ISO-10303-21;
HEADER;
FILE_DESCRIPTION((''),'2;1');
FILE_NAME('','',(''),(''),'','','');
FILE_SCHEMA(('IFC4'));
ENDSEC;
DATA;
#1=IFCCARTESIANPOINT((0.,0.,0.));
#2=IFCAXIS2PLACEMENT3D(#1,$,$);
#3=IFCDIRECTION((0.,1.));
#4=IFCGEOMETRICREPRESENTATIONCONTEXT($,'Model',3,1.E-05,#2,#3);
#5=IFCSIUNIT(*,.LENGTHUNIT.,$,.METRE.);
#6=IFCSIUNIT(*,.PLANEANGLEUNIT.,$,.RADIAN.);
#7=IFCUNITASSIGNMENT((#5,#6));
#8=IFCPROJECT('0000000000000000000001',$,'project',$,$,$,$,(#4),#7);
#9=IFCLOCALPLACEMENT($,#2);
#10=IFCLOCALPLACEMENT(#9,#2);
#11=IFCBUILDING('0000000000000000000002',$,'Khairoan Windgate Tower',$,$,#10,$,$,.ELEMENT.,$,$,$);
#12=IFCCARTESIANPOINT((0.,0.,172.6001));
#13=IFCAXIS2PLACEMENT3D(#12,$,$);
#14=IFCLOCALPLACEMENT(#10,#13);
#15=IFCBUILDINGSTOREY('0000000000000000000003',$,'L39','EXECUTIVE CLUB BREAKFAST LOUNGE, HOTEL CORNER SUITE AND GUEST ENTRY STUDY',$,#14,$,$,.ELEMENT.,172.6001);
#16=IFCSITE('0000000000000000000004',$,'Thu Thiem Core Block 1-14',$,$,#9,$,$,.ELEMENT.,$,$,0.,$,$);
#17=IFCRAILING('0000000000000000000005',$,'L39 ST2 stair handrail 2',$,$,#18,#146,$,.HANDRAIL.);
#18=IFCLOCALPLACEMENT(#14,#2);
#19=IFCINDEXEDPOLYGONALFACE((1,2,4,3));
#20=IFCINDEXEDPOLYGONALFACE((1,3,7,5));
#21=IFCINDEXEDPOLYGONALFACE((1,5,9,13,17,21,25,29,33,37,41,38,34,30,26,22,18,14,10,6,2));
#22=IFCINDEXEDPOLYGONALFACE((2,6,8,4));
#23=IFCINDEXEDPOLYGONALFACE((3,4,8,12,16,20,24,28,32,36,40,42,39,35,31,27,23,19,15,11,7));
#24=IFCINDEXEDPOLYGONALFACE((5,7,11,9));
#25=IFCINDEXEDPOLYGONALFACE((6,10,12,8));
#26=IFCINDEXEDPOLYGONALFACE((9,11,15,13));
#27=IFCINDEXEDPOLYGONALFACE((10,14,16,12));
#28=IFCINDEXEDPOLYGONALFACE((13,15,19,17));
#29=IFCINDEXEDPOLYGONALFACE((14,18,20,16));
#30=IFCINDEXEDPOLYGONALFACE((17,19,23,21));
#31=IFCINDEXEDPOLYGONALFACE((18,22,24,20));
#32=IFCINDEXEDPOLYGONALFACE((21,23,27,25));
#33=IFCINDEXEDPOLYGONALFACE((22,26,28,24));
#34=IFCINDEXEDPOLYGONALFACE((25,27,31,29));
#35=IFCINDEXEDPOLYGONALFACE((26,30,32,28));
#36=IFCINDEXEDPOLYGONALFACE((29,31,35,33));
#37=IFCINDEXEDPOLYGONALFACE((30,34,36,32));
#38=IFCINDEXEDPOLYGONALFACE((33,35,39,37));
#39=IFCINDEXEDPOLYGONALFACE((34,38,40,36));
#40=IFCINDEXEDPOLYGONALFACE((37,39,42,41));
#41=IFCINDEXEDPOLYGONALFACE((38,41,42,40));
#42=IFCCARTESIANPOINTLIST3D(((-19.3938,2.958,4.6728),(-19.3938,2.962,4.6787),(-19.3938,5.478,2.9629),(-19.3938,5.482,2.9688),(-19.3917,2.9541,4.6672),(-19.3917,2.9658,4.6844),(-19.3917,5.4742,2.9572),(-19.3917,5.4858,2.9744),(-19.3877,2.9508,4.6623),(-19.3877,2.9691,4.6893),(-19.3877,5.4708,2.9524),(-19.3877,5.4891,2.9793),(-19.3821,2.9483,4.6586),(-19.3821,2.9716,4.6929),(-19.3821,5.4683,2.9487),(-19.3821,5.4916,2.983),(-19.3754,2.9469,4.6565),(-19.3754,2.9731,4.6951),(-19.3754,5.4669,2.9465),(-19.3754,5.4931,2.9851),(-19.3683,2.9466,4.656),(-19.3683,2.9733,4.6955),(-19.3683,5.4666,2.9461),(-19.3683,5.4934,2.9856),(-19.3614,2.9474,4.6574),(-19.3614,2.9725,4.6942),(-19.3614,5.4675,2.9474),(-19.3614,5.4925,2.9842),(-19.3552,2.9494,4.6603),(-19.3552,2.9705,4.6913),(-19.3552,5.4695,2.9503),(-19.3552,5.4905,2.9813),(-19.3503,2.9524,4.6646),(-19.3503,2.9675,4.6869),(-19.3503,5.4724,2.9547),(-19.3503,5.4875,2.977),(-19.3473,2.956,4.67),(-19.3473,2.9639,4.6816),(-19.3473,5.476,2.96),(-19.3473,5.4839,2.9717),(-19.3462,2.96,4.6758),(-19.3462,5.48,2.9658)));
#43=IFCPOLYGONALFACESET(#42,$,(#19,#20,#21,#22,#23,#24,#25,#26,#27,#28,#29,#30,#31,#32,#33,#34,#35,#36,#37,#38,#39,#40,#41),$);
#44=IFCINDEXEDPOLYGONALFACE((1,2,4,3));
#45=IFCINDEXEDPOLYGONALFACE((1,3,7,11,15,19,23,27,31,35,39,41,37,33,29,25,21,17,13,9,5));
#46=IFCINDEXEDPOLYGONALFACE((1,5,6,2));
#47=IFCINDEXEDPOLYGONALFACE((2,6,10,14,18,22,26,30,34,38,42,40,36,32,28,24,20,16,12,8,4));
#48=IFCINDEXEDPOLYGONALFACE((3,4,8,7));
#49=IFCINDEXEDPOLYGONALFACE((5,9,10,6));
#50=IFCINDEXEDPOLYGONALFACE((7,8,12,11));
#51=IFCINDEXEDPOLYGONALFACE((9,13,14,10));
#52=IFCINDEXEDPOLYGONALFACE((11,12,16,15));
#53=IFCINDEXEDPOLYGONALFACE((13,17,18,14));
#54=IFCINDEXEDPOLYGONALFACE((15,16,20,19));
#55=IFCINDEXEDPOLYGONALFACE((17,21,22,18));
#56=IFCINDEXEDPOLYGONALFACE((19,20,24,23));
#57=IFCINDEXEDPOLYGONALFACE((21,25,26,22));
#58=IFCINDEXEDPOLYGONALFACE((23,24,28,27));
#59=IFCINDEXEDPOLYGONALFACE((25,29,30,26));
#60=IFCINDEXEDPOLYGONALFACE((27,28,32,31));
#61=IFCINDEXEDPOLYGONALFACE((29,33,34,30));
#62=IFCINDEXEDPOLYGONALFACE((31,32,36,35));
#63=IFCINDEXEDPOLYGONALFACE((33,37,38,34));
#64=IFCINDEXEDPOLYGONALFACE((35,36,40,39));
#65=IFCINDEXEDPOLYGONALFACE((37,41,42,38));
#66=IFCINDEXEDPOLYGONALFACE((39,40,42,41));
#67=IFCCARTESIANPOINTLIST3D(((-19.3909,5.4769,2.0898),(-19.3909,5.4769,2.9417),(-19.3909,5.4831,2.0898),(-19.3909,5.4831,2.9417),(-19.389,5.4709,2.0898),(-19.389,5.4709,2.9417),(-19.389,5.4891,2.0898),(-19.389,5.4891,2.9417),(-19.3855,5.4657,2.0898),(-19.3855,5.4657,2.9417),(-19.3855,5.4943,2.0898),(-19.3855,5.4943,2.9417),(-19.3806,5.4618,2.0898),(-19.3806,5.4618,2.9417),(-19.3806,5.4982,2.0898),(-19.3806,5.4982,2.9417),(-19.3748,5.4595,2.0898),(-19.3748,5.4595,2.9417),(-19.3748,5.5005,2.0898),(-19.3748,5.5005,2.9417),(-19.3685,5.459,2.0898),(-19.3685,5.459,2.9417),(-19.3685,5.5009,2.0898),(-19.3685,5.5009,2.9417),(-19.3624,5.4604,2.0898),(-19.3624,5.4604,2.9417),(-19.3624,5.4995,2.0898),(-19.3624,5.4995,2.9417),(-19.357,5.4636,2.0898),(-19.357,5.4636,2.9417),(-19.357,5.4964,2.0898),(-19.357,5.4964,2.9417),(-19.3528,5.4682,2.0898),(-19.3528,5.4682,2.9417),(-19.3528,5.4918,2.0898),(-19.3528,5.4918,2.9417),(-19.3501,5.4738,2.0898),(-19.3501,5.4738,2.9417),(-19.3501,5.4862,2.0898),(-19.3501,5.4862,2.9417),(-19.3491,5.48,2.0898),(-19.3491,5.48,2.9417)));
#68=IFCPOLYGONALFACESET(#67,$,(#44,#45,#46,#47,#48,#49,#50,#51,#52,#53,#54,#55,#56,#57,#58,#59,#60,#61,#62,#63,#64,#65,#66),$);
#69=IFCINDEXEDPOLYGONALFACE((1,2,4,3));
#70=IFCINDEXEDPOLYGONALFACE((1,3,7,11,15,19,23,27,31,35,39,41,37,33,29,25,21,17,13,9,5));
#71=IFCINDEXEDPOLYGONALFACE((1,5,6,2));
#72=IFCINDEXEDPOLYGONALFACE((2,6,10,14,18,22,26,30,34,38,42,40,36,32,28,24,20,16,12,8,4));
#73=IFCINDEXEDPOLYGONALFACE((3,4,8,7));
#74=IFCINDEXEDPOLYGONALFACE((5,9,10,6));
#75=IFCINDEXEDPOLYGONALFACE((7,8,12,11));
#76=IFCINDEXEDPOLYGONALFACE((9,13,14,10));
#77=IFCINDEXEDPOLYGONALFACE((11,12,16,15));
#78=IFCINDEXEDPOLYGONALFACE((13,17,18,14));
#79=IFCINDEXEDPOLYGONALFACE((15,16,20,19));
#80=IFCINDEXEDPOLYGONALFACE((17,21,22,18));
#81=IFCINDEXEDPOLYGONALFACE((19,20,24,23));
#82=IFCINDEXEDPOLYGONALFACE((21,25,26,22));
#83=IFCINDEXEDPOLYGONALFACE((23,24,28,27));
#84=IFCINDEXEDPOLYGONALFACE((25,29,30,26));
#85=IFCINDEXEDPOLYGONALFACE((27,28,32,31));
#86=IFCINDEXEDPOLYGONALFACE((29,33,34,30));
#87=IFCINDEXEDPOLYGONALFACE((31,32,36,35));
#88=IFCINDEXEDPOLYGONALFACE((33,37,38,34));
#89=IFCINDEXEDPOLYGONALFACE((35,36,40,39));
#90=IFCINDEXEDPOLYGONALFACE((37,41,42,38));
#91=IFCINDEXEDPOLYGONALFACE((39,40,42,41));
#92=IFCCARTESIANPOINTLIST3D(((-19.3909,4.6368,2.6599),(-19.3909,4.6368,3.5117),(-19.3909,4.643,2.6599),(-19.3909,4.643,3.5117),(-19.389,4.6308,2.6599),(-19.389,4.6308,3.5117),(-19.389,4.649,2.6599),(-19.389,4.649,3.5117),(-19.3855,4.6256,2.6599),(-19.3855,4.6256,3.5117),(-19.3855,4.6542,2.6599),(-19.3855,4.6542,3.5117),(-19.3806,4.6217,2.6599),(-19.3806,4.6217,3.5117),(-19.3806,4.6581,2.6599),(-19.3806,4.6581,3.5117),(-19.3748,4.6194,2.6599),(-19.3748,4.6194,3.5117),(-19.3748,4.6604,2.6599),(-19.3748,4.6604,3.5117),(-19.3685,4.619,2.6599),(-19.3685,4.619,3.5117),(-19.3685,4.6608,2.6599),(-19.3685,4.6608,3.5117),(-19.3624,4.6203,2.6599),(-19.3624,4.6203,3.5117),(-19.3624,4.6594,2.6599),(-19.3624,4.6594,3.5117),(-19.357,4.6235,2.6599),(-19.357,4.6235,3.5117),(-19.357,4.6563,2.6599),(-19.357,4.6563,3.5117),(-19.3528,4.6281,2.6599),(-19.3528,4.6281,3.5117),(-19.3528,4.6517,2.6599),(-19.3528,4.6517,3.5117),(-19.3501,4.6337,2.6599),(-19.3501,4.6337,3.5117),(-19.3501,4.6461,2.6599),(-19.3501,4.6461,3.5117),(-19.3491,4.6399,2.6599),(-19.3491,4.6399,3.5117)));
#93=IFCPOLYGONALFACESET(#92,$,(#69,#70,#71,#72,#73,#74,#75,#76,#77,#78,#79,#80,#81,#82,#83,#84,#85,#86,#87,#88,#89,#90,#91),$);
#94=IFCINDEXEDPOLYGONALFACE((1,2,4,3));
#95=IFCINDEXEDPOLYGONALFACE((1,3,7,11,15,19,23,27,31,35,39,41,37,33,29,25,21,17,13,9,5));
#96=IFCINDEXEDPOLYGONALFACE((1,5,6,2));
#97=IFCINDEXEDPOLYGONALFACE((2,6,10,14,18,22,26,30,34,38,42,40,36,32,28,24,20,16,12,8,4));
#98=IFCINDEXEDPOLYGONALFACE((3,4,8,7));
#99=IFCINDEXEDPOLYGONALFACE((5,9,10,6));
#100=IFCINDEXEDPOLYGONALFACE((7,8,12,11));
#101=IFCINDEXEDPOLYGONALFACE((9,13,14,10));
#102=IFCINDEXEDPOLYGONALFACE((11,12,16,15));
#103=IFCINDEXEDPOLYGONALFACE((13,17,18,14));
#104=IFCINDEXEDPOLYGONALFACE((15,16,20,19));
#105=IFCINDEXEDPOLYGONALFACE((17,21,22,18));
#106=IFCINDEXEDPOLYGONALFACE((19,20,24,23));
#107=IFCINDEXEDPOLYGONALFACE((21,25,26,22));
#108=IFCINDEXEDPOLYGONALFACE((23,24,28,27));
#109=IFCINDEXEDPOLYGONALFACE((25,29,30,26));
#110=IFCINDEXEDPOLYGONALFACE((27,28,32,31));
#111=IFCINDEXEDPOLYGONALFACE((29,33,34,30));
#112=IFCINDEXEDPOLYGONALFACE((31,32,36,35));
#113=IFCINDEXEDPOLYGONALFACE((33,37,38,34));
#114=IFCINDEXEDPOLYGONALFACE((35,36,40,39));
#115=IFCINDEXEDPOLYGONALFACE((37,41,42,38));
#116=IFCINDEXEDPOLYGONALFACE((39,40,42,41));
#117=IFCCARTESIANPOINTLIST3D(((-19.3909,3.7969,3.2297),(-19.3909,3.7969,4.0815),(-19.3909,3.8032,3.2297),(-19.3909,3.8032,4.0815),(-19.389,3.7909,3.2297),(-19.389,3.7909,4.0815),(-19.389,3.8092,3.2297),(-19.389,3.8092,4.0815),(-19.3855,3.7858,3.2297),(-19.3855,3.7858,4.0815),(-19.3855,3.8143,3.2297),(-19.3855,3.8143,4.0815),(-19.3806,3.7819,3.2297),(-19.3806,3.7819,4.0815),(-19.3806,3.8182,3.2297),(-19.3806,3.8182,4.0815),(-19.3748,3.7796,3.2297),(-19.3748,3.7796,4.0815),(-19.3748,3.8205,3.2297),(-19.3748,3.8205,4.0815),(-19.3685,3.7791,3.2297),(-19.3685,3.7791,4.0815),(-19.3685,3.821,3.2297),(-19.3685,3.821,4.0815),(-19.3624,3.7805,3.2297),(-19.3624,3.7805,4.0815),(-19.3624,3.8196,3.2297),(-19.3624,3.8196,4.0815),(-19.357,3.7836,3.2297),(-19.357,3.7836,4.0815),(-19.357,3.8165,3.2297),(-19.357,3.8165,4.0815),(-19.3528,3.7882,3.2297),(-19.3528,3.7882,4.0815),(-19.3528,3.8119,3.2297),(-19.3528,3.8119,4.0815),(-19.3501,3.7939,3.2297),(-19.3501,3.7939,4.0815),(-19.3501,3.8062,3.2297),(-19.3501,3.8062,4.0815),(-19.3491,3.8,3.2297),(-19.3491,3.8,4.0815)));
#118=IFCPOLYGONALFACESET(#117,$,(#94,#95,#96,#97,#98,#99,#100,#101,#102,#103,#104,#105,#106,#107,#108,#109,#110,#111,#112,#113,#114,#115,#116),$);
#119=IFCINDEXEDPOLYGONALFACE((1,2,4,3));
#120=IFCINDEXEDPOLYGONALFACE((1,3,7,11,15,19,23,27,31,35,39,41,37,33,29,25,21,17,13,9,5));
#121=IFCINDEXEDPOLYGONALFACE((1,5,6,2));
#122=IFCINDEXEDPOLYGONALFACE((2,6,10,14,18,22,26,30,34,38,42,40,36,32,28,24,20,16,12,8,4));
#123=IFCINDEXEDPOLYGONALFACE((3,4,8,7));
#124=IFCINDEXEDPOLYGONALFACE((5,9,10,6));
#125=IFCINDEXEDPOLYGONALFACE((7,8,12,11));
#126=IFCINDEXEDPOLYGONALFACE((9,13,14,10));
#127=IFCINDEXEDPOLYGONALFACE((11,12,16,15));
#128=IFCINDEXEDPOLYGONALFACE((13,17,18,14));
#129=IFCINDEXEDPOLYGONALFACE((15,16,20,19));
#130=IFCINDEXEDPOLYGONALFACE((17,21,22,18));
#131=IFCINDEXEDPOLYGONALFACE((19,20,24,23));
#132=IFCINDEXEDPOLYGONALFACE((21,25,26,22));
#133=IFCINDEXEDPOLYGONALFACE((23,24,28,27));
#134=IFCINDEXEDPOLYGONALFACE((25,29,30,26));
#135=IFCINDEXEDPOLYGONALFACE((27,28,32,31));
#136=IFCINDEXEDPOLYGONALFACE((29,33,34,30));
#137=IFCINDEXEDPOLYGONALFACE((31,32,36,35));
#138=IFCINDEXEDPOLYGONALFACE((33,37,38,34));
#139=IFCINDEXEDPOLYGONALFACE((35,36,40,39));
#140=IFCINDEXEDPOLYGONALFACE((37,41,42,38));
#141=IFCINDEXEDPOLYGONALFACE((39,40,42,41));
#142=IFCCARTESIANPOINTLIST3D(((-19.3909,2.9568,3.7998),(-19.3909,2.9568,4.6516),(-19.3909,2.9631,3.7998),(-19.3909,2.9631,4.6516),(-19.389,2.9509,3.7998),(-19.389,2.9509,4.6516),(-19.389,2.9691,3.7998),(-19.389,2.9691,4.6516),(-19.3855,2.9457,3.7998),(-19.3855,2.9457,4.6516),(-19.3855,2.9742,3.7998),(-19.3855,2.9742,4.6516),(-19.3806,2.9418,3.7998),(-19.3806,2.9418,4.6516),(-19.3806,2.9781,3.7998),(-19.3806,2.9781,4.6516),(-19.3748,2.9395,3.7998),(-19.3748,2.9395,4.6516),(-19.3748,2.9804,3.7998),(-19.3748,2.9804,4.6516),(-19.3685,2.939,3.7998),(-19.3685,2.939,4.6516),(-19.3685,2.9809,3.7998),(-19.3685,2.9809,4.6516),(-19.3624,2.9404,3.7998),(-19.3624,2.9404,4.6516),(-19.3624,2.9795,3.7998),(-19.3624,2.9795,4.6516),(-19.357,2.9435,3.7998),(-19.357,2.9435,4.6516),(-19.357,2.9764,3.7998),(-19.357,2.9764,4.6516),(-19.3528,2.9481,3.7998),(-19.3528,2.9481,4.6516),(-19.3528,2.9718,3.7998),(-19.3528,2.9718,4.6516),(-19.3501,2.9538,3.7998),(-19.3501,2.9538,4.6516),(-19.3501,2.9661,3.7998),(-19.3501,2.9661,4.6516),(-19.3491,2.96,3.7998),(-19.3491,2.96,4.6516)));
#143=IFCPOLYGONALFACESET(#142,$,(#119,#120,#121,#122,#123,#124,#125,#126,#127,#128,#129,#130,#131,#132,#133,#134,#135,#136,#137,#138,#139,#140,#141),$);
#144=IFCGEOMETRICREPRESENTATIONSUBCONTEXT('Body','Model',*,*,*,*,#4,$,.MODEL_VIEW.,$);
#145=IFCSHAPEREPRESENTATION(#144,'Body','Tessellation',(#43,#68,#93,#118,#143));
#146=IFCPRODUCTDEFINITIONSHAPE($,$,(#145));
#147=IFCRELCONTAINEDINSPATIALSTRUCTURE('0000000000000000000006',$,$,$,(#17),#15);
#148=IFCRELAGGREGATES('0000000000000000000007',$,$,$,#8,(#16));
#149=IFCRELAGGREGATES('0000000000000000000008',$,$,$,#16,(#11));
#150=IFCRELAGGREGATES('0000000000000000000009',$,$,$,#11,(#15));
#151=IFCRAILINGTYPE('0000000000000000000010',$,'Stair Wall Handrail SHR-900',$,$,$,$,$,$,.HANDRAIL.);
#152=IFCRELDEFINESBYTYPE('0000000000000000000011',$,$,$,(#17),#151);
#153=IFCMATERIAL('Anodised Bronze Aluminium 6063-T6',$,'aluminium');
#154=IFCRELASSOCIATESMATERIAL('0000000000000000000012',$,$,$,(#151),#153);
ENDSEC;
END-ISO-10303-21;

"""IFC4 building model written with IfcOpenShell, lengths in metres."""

from ifc_helpers import new_model, si_unit, direction, frame, origin, origin_2d, place, context, subcontext, project, spatial, circle, extrude, material, type_object, element, save


model = new_model("IFC4")

# Units and contexts
model_context = context("Model", 3, precision=1e-05, world=origin(), true_north=direction((0.0, 1.0)))
body_context = subcontext(model_context, "Body", "Model", "MODEL_VIEW")
ifc_project = project(units=[si_unit("LENGTHUNIT", "METRE"), si_unit("PLANEANGLEUNIT", "RADIAN")], contexts=[model_context])

# Site, building, storey
site_placement = place(None, origin())
site = spatial("IfcSite", under=ifc_project, at=site_placement, Name="Thu Thiem Core Block 1-14", CompositionType="ELEMENT", RefElevation=0.0)
building_placement = place(site_placement, origin())
building = spatial("IfcBuilding", under=site, at=building_placement, Name="Khairoan Windgate Tower", CompositionType="ELEMENT")
storey_placement = place(building_placement, frame((0.0, 0.0, 172.6001)))
storey = spatial("IfcBuildingStorey", under=building, at=storey_placement, Name="L39", Description="EXECUTIVE CLUB BREAKFAST LOUNGE, HOTEL CORNER SUITE AND GUEST ENTRY STUDY", CompositionType="ELEMENT", Elevation=172.6001)

# Railing
ifc_material_1 = material(Name="Anodised Bronze Aluminium 6063-T6", Category="aluminium")
railing_type_1 = type_object("IfcRailingType", Name="Stair Wall Handrail SHR-900", PredefinedType="HANDRAIL", material=ifc_material_1)
railing_1_placement = place(storey_placement, frame((-19.3701, 5.48, 2.0898)))
element("IfcRailing", 1, at=railing_1_placement, inside=storey, type_object=railing_type_1, Name="L39 ST2 stair handrail 2", PredefinedType="HANDRAIL", context=body_context, shape_type="SweptSolid", body=[
    extrude(circle(Radius=0.0239, at=origin_2d()), frame((0.0, 0.0, 0.876), z_axis=(0.0, -0.827484, 0.56149), x_axis=(1.0, 0.0, 0.0)), (0.0, 0.0, 1.0), 3.0454),
    extrude(circle(Radius=0.021, at=origin_2d()), origin(), (0.0, 0.0, 1.0), 0.8518),
    extrude(circle(Radius=0.021, at=origin_2d()), frame((0.0, -0.8401, 0.5701)), (0.0, 0.0, 1.0), 0.8518),
    extrude(circle(Radius=0.021, at=origin_2d()), frame((0.0, -1.6799, 1.1399)), (0.0, 0.0, 1.0), 0.8518),
    extrude(circle(Radius=0.021, at=origin_2d()), frame((0.0, -2.52, 1.71)), (0.0, 0.0, 1.0), 0.8518),
])

save(model, "model.ifc")
